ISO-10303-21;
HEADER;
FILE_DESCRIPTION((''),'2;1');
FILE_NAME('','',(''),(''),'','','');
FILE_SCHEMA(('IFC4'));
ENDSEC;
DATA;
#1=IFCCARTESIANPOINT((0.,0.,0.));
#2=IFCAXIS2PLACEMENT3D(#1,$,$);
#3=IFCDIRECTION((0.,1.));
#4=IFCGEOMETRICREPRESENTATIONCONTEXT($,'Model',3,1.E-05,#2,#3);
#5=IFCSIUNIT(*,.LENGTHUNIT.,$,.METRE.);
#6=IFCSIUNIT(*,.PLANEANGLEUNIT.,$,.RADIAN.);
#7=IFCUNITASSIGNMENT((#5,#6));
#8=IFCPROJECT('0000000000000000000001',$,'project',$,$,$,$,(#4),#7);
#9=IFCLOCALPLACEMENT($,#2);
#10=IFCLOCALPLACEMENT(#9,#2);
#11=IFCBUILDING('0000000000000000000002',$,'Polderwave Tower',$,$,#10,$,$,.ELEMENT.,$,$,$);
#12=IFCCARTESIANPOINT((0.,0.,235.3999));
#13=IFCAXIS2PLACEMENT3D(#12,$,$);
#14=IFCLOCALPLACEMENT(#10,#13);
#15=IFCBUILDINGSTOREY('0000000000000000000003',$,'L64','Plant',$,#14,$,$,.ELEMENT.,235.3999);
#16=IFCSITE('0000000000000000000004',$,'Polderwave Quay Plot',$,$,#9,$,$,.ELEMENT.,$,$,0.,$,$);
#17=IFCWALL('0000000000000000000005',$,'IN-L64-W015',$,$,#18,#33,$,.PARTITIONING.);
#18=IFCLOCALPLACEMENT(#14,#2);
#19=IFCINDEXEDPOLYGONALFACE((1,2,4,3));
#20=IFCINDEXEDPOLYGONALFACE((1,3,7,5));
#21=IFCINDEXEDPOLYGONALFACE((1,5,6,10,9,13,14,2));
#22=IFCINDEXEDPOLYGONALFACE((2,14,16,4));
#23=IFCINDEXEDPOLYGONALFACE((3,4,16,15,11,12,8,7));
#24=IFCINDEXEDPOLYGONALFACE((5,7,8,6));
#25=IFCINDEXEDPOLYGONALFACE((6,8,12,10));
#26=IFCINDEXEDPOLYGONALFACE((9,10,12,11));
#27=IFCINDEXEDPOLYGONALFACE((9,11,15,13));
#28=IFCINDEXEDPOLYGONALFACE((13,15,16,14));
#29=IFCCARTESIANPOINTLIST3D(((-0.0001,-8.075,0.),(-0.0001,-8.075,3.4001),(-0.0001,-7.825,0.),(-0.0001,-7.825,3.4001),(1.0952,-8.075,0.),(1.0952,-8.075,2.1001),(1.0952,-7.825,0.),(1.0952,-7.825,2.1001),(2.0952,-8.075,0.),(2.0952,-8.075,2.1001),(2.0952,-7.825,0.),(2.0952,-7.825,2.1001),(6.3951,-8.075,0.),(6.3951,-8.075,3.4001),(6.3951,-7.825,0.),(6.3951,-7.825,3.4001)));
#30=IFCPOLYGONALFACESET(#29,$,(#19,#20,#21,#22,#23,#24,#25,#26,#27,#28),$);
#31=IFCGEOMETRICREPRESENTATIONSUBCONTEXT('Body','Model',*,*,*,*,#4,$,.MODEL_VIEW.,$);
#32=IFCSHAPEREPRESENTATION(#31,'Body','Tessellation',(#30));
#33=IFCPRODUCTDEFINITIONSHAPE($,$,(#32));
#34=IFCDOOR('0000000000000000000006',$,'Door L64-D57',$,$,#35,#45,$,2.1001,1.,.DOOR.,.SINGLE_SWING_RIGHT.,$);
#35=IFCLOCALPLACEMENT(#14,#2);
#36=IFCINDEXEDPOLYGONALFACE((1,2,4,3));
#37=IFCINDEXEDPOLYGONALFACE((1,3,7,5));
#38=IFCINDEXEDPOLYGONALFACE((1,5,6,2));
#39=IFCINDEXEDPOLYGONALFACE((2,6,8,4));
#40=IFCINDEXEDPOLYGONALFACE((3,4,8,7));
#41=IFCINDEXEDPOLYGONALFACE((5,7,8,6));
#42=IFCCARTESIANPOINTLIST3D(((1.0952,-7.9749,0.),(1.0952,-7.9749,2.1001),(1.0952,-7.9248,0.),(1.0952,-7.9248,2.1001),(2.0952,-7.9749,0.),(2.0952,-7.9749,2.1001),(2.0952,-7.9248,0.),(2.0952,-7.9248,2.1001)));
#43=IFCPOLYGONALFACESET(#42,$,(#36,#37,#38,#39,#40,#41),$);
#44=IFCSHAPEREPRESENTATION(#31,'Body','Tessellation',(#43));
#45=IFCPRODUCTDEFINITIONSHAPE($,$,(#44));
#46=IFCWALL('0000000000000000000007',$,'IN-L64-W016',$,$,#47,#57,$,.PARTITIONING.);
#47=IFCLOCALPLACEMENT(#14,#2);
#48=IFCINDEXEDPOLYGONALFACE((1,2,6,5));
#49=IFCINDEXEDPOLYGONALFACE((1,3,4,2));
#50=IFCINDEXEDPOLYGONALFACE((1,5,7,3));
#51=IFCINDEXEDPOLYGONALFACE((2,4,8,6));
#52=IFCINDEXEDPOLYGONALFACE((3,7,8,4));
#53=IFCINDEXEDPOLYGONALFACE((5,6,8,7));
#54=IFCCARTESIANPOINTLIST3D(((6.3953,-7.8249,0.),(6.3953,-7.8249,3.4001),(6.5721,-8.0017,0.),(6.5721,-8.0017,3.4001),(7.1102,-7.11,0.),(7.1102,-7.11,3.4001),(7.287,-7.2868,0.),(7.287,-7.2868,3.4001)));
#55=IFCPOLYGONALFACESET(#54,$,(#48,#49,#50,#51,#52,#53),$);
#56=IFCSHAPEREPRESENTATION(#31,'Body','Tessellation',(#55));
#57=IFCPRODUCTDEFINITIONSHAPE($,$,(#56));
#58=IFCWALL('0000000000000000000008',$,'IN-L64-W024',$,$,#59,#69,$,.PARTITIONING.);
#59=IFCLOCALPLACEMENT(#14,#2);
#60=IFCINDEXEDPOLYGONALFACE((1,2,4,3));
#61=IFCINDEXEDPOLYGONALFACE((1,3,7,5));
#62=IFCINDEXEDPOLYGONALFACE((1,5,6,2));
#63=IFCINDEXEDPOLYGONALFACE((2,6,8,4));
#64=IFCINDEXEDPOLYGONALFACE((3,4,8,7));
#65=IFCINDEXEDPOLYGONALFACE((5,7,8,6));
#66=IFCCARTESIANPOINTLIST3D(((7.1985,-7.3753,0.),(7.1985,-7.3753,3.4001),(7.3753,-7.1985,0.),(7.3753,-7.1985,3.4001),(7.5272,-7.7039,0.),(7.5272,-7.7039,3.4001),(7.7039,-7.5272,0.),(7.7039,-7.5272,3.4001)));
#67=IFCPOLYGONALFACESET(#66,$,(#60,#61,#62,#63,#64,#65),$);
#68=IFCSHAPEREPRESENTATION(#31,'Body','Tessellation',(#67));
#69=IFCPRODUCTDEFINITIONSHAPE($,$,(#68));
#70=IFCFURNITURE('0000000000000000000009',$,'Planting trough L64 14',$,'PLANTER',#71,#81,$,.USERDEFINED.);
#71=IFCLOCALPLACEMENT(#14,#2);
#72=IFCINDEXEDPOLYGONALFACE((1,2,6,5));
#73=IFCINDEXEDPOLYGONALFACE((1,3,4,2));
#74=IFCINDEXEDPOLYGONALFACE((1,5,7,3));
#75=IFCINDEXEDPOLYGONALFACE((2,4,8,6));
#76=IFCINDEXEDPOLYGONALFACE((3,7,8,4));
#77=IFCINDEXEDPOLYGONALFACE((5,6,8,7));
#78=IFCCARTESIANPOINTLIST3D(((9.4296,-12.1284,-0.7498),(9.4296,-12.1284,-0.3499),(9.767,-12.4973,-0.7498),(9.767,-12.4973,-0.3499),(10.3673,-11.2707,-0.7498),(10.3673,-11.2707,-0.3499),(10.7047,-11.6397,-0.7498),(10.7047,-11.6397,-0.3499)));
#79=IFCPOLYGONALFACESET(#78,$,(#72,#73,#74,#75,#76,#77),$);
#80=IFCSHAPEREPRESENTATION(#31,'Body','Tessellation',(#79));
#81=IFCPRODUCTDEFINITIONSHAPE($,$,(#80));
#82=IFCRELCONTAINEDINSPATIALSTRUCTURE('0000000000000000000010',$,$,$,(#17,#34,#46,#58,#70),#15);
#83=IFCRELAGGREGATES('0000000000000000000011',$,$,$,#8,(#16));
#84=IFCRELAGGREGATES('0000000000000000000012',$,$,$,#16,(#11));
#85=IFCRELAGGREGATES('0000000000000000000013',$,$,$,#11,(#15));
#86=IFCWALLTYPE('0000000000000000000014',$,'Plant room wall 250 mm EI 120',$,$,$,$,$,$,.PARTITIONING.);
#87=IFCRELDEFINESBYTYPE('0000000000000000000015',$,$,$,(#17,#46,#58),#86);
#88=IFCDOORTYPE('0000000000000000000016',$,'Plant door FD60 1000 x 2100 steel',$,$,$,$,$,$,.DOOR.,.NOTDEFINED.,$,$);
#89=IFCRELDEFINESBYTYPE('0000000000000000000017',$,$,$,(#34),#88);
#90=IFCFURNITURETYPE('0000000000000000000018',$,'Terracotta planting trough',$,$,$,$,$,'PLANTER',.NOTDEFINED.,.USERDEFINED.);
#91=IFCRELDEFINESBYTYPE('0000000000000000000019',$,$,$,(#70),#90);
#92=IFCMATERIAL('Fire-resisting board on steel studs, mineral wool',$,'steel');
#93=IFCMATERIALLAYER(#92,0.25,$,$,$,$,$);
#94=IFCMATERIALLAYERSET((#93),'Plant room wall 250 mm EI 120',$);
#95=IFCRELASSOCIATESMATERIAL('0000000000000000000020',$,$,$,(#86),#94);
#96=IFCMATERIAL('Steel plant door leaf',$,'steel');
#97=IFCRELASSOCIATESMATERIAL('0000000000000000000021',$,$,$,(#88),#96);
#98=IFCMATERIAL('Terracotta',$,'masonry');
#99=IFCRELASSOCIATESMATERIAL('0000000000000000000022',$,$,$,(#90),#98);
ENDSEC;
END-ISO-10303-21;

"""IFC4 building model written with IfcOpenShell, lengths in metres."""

from ifc_helpers import new_model, si_unit, direction, frame, frame_2d, origin, origin_2d, place, context, subcontext, project, spatial, rectangle, extrude, material, layer, layer_set, type_object, element, fill, save


model = new_model("IFC4")

# Units and contexts
model_context = context("Model", 3, precision=1e-05, world=origin(), true_north=direction((0.0, 1.0)))
body_context = subcontext(model_context, "Body", "Model", "MODEL_VIEW")
ifc_project = project(units=[si_unit("LENGTHUNIT", "METRE"), si_unit("PLANEANGLEUNIT", "RADIAN")], contexts=[model_context])

# Site, building, storey
site_placement = place(None, origin())
site = spatial("IfcSite", under=ifc_project, at=site_placement, Name="Polderwave Quay Plot", CompositionType="ELEMENT", RefElevation=0.0)
building_placement = place(site_placement, origin())
building = spatial("IfcBuilding", under=site, at=building_placement, Name="Polderwave Tower", CompositionType="ELEMENT")
storey_placement = place(building_placement, frame((0.0, 0.0, 235.3999)))
storey = spatial("IfcBuildingStorey", under=building, at=storey_placement, Name="L64", Description="Plant", CompositionType="ELEMENT", Elevation=235.3999)

# Shared definitions
ifc_material_1 = material(Name="Fire-resisting board on steel studs, mineral wool", Category="steel")
ifc_layer_1 = layer(ifc_material_1, 0.25)
ifc_layer_set_1 = layer_set([ifc_layer_1], Name="Plant room wall 250 mm EI 120")
wall_type = type_object("IfcWallType", Name="Plant room wall 250 mm EI 120", PredefinedType="PARTITIONING", material=ifc_layer_set_1)

# Wall, opening, door
wall_1_placement = place(storey_placement, frame((6.3953, -7.95, 0.0), z_axis=(0.0, 0.0, 1.0), x_axis=(-1.0, 0.0, 0.0)))
wall_1 = element("IfcWall", 1, at=wall_1_placement, inside=storey, type_object=wall_type, Name="IN-L64-W015", PredefinedType="PARTITIONING", context=body_context, shape_type="SweptSolid", body=[
    extrude(rectangle(XDim=6.3953, YDim=0.25, at=frame_2d((3.1978, 0.0))), origin(), (0.0, 0.0, 1.0), 3.4001),
])
opening_placement = place(wall_1_placement, frame((4.3, 0.0, 0.0)))
opening = element("IfcOpeningElement", 2, at=opening_placement, cuts=wall_1, PredefinedType="OPENING", context=body_context, shape_type="SweptSolid", body=[
    extrude(rectangle(XDim=1.0, YDim=2.1001, at=frame_2d((0.5, 1.05))), frame((0.0, 0.135, 0.0), z_axis=(0.0, -1.0, 0.0), x_axis=(1.0, 0.0, 0.0)), (0.0, 0.0, 1.0), 0.27),
])
ifc_material_2 = material(Name="Steel plant door leaf", Category="steel")
door_type = type_object("IfcDoorType", Name="Plant door FD60 1000 x 2100 steel", OperationType="NOTDEFINED", PredefinedType="DOOR", material=ifc_material_2)
door_placement = place(opening_placement, origin())
door = element("IfcDoor", 3, at=door_placement, inside=storey, type_object=door_type, Name="Door L64-D57", OperationType="SINGLE_SWING_RIGHT", OverallHeight=2.1001, OverallWidth=1.0, PredefinedType="DOOR", context=body_context, shape_type="SweptSolid", body=[
    extrude(rectangle(XDim=1.0, YDim=2.1001, at=frame_2d((0.5, 1.05))), frame((0.0, 0.0249, 0.0), z_axis=(0.0, -1.0, 0.0), x_axis=(1.0, 0.0, 0.0)), (0.0, 0.0, 1.0), 0.05),
])
fill(opening, door)

# Walls
wall_2_placement = place(storey_placement, frame((7.1985, -7.1985, 0.0), z_axis=(0.0, 0.0, 1.0), x_axis=(-0.707107, -0.707107, 0.0)))
element("IfcWall", 4, at=wall_2_placement, inside=storey, type_object=wall_type, Name="IN-L64-W016", PredefinedType="PARTITIONING", context=body_context, shape_type="SweptSolid", body=[
    extrude(rectangle(XDim=1.011, YDim=0.25, at=frame_2d((0.5054, 0.0))), origin(), (0.0, 0.0, 1.0), 3.4001),
])
wall_3_placement = place(storey_placement, frame((7.2869, -7.2869, 0.0), z_axis=(0.0, 0.0, 1.0), x_axis=(0.707107, -0.707107, 0.0)))
element("IfcWall", 5, at=wall_3_placement, inside=storey, type_object=wall_type, Name="IN-L64-W024", PredefinedType="PARTITIONING", context=body_context, shape_type="SweptSolid", body=[
    extrude(rectangle(XDim=0.4648, YDim=0.25, at=frame_2d((0.2324, 0.0))), origin(), (0.0, 0.0, 1.0), 3.4001),
])

# Furniture
ifc_material_3 = material(Name="Terracotta", Category="masonry")
furniture_type = type_object("IfcFurnitureType", Name="Terracotta planting trough", ElementType="PLANTER", AssemblyPlace="NOTDEFINED", PredefinedType="USERDEFINED", material=ifc_material_3)
furniture_placement = place(storey_placement, frame((10.0671, -11.884, -0.7498), z_axis=(0.0, 0.0, 1.0), x_axis=(0.7379, 0.67491, 0.0)))
element("IfcFurniture", 6, at=furniture_placement, inside=storey, type_object=furniture_type, Name="Planting trough L64 14", ObjectType="PLANTER", PredefinedType="USERDEFINED", context=body_context, shape_type="SweptSolid", body=[
    extrude(rectangle(XDim=1.2708, YDim=0.5, at=origin_2d()), origin(), (0.0, 0.0, 1.0), 0.3999),
])

save(model, "model.ifc")
